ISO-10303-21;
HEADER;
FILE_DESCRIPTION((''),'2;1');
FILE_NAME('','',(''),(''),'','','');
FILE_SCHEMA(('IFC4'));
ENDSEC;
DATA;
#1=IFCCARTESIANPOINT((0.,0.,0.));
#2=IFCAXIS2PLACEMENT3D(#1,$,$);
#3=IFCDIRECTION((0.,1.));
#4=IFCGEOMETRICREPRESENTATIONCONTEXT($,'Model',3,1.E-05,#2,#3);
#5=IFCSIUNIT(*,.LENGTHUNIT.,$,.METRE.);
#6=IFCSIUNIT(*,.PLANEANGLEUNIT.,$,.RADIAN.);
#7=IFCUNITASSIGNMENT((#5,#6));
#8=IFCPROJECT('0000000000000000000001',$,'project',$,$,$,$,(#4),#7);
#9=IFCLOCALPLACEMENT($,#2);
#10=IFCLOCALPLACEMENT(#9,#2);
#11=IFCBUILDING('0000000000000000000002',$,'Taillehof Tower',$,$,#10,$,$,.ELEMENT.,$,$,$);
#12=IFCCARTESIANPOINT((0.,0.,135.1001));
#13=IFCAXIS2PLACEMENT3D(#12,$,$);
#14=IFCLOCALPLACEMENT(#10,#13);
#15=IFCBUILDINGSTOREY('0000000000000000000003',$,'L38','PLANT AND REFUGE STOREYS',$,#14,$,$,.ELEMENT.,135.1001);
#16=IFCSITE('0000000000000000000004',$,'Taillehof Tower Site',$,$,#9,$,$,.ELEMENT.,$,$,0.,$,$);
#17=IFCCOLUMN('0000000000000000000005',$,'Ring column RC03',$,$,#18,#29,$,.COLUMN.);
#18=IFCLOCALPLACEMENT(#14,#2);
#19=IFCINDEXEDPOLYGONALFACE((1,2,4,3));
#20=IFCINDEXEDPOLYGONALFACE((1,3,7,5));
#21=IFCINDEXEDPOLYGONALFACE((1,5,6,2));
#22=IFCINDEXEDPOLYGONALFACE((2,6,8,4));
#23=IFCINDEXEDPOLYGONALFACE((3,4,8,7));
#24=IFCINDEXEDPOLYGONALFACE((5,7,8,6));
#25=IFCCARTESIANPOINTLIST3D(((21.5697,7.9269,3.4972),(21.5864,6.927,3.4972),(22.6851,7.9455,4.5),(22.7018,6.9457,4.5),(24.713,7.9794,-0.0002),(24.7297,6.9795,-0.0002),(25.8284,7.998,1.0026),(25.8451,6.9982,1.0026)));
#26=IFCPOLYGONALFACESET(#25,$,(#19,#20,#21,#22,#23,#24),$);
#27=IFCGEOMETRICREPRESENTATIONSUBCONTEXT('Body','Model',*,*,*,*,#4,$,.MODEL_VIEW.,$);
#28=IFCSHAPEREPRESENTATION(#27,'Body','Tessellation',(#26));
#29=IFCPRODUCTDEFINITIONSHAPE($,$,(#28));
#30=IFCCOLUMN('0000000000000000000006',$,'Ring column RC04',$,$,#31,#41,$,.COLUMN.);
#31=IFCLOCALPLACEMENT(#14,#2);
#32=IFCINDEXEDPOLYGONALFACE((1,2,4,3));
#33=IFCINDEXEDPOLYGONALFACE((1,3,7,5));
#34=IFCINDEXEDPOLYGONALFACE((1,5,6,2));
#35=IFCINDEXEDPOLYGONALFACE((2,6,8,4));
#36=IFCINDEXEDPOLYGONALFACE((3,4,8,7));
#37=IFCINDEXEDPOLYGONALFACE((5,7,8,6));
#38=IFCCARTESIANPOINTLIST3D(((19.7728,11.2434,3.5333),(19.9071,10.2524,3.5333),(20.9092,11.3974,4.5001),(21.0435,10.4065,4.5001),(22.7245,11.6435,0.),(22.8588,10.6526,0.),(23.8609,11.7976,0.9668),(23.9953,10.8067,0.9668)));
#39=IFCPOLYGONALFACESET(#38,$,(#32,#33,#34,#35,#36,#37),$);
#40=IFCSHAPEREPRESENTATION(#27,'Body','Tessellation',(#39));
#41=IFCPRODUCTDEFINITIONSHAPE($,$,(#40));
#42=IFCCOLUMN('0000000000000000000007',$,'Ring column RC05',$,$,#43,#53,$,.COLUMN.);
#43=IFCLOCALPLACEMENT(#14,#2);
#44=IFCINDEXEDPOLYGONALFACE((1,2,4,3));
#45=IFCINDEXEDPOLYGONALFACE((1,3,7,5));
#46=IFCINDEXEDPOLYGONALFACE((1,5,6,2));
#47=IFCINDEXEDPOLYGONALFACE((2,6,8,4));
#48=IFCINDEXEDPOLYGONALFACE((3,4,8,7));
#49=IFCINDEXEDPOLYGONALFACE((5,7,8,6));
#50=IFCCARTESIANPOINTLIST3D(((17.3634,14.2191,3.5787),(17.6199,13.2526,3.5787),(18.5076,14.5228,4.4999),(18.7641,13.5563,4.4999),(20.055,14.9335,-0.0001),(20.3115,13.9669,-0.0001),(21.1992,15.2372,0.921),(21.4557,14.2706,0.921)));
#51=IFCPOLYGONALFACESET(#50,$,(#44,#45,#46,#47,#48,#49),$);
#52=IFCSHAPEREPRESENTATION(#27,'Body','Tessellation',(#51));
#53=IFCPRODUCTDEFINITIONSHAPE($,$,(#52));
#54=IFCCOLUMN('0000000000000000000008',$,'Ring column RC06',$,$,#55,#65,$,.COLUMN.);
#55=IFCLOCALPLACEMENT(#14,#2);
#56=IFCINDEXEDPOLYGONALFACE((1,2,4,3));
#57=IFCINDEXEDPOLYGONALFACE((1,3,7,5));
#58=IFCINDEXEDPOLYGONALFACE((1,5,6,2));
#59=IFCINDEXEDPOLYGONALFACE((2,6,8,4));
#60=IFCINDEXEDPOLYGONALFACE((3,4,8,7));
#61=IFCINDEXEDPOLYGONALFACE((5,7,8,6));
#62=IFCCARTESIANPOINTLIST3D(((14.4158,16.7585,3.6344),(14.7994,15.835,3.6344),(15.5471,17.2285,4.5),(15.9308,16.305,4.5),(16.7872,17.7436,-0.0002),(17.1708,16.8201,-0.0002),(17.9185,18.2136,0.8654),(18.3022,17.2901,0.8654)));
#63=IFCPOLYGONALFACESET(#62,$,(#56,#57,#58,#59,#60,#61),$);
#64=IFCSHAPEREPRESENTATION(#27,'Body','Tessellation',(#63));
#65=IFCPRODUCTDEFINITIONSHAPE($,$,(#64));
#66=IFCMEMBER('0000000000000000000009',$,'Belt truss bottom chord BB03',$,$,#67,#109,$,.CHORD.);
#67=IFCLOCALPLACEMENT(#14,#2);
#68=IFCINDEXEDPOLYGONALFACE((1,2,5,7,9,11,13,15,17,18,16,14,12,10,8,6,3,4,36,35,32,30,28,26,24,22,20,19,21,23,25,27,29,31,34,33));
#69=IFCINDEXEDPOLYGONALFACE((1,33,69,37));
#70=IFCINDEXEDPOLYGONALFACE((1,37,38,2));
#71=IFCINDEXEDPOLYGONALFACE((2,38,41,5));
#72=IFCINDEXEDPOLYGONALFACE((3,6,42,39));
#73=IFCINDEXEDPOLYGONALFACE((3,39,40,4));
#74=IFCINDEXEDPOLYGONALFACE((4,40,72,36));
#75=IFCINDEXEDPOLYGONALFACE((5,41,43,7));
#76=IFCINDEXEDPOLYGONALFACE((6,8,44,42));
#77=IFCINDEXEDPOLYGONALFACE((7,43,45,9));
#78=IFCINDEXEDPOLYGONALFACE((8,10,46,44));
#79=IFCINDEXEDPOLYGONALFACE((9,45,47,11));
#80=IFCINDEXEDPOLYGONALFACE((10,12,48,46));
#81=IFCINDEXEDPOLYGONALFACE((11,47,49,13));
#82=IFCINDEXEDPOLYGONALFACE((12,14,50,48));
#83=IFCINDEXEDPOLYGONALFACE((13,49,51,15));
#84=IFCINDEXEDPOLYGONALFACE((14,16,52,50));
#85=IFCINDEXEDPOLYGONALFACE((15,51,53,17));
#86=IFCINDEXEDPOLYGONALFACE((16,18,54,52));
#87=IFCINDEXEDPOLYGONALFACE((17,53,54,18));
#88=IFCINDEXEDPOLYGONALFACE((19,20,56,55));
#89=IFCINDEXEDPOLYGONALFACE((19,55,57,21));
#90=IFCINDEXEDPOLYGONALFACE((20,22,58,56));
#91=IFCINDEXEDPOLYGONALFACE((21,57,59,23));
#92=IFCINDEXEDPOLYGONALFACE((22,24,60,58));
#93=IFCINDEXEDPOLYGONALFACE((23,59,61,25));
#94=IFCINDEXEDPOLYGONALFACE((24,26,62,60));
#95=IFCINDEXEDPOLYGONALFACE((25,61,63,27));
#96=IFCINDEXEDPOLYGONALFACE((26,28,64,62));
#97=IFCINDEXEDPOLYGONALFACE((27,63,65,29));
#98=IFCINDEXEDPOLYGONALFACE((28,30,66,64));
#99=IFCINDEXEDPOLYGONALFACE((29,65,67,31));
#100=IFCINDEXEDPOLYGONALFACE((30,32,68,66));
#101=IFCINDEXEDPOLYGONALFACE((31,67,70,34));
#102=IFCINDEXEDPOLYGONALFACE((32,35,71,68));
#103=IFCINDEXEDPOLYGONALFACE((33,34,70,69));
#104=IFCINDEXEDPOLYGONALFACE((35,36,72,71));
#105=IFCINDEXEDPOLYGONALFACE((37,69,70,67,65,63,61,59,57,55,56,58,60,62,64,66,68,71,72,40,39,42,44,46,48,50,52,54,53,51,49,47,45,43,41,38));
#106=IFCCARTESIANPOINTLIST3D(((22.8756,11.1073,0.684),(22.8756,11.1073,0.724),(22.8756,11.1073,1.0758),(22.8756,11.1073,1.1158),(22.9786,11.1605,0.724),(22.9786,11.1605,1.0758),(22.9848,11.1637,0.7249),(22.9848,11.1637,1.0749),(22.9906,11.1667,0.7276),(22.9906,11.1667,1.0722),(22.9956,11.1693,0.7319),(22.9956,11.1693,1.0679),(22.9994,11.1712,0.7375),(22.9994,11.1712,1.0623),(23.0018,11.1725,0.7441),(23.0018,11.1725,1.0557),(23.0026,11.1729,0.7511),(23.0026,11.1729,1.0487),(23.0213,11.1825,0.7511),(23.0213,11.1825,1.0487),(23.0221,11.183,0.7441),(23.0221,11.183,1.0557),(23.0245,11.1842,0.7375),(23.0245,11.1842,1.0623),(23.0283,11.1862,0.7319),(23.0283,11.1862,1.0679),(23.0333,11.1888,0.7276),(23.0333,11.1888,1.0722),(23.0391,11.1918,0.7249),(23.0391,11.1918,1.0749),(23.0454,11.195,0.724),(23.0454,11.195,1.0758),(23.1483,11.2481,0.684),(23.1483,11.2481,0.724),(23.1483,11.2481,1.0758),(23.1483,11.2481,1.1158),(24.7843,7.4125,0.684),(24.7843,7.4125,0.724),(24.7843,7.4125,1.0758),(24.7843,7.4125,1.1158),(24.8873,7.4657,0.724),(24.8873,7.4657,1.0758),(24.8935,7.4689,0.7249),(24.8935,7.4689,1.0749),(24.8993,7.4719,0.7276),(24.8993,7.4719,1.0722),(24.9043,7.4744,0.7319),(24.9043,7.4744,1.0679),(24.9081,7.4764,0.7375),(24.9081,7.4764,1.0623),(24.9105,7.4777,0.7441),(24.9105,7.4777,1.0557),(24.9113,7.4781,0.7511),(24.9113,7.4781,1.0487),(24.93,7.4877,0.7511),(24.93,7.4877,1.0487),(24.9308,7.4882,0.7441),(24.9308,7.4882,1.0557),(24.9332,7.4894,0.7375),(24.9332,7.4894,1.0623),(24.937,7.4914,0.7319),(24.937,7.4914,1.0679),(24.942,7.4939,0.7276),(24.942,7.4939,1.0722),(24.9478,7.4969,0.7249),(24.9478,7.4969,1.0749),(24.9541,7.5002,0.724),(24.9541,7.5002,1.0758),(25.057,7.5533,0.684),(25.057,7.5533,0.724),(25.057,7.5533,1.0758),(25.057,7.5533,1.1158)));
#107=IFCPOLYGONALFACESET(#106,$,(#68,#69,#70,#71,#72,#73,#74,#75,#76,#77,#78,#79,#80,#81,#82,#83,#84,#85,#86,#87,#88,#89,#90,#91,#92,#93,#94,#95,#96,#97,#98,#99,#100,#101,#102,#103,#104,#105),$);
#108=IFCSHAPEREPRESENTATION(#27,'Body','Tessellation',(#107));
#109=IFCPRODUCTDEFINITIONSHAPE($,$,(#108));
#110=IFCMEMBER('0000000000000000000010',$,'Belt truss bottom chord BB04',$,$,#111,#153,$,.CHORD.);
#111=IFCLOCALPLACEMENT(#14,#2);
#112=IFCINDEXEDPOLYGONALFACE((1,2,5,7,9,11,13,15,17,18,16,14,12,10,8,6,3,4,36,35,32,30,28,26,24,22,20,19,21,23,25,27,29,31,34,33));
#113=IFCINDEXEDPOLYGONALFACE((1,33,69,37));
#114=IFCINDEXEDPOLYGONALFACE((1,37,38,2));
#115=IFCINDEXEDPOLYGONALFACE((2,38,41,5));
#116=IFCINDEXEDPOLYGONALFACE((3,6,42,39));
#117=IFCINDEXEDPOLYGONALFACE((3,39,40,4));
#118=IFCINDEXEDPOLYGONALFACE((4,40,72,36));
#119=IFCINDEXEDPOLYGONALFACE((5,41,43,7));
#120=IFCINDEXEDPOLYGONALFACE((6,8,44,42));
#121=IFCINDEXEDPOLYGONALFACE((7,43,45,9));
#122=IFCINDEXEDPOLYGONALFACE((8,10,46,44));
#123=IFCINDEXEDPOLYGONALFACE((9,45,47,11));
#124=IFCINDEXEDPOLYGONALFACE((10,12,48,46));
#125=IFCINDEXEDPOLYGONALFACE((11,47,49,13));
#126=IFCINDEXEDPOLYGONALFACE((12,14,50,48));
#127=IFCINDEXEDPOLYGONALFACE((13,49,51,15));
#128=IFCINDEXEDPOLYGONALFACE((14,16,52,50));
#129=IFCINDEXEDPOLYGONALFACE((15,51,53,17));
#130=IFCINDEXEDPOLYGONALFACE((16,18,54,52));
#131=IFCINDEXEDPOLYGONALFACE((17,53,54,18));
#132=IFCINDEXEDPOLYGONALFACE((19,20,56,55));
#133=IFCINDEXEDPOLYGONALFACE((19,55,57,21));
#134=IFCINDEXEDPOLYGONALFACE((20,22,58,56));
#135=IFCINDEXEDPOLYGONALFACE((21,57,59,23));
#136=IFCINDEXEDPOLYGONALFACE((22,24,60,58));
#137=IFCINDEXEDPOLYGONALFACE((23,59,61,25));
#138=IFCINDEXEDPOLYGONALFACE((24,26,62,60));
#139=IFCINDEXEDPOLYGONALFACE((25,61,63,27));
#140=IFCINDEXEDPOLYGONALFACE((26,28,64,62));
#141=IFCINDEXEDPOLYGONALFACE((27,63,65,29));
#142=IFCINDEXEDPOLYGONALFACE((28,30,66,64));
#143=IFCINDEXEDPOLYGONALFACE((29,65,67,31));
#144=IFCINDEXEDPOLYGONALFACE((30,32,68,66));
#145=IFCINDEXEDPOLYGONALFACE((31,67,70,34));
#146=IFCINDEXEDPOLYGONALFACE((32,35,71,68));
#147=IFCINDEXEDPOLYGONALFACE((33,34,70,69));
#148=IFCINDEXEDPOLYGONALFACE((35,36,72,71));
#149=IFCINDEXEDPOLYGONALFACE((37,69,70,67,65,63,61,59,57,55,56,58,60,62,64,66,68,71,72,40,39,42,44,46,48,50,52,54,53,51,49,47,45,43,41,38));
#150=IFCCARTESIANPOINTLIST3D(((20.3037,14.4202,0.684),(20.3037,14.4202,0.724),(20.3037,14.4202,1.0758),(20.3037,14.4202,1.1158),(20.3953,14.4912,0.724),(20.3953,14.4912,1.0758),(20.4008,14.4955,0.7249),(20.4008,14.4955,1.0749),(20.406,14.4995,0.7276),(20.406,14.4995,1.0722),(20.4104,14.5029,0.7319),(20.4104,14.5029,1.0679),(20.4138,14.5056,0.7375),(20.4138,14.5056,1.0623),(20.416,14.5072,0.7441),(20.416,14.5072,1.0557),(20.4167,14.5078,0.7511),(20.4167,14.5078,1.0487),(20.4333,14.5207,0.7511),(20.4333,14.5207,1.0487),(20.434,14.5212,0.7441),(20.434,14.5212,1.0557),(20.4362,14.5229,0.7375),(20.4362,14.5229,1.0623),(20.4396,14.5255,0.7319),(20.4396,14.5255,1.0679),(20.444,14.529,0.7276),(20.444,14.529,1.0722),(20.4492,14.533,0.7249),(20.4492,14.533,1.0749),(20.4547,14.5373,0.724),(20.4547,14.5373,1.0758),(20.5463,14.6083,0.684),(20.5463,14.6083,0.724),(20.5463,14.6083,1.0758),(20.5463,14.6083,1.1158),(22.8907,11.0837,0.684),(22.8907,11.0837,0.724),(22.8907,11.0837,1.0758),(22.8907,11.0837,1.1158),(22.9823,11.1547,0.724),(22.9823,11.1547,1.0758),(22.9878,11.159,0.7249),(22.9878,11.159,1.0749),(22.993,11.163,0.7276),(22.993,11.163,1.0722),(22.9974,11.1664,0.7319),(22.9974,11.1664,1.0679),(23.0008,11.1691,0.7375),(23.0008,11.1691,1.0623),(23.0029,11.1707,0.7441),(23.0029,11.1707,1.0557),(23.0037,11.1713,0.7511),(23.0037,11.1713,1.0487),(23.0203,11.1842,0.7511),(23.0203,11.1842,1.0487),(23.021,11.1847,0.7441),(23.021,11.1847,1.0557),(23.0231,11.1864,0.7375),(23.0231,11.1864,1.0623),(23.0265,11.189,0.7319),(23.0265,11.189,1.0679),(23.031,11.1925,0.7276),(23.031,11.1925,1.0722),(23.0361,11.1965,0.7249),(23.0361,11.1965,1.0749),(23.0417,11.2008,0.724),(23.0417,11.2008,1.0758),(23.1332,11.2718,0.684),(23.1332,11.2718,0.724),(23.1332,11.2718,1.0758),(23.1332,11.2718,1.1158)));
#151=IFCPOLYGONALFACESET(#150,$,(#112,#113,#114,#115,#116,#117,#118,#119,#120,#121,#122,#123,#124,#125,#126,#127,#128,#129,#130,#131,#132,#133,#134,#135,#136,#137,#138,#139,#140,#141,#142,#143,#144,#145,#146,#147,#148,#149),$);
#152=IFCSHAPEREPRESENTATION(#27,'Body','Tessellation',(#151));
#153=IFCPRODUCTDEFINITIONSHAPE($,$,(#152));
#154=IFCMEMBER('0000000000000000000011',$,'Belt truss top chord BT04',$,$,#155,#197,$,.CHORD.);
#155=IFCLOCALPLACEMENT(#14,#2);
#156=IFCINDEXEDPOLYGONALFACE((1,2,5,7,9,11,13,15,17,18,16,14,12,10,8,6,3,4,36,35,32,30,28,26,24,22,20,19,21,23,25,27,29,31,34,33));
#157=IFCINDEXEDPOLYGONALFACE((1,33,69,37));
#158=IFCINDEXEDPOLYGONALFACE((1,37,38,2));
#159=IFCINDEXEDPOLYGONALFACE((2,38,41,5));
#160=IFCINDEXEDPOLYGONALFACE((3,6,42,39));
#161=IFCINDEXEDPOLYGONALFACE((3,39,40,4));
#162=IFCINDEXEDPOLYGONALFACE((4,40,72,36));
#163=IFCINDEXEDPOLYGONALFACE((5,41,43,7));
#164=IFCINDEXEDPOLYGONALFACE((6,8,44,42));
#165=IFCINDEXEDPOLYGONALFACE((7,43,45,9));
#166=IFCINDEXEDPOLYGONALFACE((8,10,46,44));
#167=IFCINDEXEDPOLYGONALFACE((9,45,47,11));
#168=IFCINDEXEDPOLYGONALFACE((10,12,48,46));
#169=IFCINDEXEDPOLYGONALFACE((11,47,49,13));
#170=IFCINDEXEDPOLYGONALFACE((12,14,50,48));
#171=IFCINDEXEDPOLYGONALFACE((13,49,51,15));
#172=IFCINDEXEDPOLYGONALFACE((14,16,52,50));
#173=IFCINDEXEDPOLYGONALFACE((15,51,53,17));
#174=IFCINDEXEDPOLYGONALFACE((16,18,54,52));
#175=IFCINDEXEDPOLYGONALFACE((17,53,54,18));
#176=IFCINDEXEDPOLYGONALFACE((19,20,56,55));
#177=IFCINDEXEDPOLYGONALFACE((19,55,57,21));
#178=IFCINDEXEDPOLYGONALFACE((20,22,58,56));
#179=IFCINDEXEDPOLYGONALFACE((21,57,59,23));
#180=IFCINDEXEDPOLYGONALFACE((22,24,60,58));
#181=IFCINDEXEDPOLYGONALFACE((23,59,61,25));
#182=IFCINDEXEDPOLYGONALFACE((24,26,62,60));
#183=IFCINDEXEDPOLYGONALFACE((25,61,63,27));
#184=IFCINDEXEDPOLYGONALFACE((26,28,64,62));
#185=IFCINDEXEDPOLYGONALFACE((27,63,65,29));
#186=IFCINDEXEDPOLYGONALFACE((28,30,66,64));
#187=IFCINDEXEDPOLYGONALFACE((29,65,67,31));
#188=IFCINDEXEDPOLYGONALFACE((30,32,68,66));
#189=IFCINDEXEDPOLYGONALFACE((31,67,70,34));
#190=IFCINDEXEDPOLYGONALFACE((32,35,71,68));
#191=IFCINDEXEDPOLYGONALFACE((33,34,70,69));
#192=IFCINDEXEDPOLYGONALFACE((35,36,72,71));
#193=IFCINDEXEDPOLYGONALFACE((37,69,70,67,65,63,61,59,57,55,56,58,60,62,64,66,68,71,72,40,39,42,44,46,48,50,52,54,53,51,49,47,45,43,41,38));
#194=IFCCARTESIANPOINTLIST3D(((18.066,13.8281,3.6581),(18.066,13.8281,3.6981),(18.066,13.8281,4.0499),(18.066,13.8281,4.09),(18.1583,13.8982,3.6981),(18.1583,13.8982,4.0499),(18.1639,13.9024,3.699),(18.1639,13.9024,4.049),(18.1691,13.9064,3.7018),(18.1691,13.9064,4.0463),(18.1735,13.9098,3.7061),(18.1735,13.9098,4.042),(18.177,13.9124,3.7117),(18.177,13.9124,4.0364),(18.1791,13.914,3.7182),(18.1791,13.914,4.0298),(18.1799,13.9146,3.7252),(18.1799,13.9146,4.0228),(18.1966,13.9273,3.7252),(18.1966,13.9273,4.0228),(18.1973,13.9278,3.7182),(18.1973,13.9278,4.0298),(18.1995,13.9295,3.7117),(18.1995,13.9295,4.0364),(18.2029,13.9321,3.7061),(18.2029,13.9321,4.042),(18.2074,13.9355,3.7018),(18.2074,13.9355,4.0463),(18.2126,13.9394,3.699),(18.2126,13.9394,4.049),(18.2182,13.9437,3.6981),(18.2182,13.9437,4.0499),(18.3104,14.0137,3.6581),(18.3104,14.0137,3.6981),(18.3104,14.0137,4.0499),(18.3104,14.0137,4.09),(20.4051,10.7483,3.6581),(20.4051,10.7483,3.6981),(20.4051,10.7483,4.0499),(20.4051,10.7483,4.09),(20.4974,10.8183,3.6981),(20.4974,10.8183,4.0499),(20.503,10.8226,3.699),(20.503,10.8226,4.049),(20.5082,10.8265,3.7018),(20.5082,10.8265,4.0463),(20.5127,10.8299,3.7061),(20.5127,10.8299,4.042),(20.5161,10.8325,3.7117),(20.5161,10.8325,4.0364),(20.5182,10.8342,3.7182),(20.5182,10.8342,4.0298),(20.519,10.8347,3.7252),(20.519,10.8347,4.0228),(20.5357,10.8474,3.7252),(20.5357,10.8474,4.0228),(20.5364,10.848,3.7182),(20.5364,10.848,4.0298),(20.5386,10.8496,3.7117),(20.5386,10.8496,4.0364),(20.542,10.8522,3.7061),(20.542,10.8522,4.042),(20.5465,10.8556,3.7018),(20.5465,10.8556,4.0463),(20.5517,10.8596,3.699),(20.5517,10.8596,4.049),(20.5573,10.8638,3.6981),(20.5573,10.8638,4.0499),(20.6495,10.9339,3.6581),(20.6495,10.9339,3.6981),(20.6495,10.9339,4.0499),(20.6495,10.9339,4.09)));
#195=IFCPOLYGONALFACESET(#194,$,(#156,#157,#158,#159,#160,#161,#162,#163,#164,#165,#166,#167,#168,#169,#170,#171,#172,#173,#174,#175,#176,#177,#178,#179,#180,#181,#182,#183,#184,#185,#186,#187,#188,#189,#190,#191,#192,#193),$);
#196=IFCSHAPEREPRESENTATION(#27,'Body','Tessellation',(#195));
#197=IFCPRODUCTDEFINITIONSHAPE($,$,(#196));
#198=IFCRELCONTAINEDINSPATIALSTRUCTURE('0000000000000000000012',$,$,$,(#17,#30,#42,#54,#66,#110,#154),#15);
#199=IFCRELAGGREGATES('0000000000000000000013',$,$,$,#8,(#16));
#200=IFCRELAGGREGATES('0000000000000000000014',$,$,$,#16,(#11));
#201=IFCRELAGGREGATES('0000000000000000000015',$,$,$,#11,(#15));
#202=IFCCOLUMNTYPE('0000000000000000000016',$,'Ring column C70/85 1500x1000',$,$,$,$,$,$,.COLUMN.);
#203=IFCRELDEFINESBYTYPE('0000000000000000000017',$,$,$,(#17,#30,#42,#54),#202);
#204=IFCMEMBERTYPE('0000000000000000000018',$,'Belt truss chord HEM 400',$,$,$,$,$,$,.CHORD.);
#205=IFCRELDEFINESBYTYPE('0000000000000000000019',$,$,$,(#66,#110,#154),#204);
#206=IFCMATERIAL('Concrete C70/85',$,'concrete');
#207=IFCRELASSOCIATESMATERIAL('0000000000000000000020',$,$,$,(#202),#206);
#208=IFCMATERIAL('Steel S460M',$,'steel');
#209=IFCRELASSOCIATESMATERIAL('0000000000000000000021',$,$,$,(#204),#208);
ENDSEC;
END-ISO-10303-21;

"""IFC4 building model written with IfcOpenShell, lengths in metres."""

from ifc_helpers import new_model, si_unit, direction, frame, origin, origin_2d, place, context, subcontext, project, spatial, rectangle, i_section, extrude, material, material_profile, profile_set, type_object, element, save


model = new_model("IFC4")

# Units and contexts
model_context = context("Model", 3, precision=1e-05, world=origin(), true_north=direction((0.0, 1.0)))
body_context = subcontext(model_context, "Body", "Model", "MODEL_VIEW")
ifc_project = project(units=[si_unit("LENGTHUNIT", "METRE"), si_unit("PLANEANGLEUNIT", "RADIAN")], contexts=[model_context])

# Site, building, storey
site_placement = place(None, origin())
site = spatial("IfcSite", under=ifc_project, at=site_placement, Name="Taillehof Tower Site", CompositionType="ELEMENT", RefElevation=0.0)
building_placement = place(site_placement, origin())
building = spatial("IfcBuilding", under=site, at=building_placement, Name="Taillehof Tower", CompositionType="ELEMENT")
storey_placement = place(building_placement, frame((0.0, 0.0, 135.1001)))
storey = spatial("IfcBuildingStorey", under=building, at=storey_placement, Name="L38", Description="PLANT AND REFUGE STOREYS", CompositionType="ELEMENT", Elevation=135.1001)

# Columns
ifc_material_1 = material(Name="Concrete C70/85", Category="concrete")
ifc_material_profile_1 = material_profile(ifc_material_1, rectangle(XDim=1.5, YDim=1.0, at=origin_2d()), Name="RC 1500x1000")
ifc_profile_set_1 = profile_set([ifc_material_profile_1], Name="Concrete C70/85")
column_type = type_object("IfcColumnType", Name="Ring column C70/85 1500x1000", PredefinedType="COLUMN", material=ifc_profile_set_1)
column_1_placement = place(storey_placement, frame((25.2791, 7.4888, 0.5012), z_axis=(-0.668421, -0.011162, 0.743699), x_axis=(0.743596, 0.012417, 0.668514)))
element("IfcColumn", 1, at=column_1_placement, inside=storey, type_object=column_type, Name="Ring column RC03", PredefinedType="COLUMN", context=body_context, shape_type="SweptSolid", body=[
    extrude(rectangle(XDim=1.5, YDim=1.0, at=origin_2d()), origin(), (0.0, 0.0, 1.0), 4.7026),
])
column_2_placement = place(storey_placement, frame((23.3599, 11.2251, 0.4834), z_axis=(-0.638715, -0.086588, 0.764556), x_axis=(0.757626, 0.102709, 0.644557)))
element("IfcColumn", 2, at=column_2_placement, inside=storey, type_object=column_type, Name="Ring column RC04", PredefinedType="COLUMN", context=body_context, shape_type="SweptSolid", body=[
    extrude(rectangle(XDim=1.5, YDim=1.0, at=origin_2d()), origin(), (0.0, 0.0, 1.0), 4.6213),
])
column_3_placement = place(storey_placement, frame((20.7554, 14.6021, 0.4604), z_axis=(-0.593567, -0.157531, 0.789216), x_axis=(0.762809, 0.202447, 0.614116)))
element("IfcColumn", 3, at=column_3_placement, inside=storey, type_object=column_type, Name="Ring column RC05", PredefinedType="COLUMN", context=body_context, shape_type="SweptSolid", body=[
    extrude(rectangle(XDim=1.5, YDim=1.0, at=origin_2d()), origin(), (0.0, 0.0, 1.0), 4.5347),
])
column_4_placement = place(storey_placement, frame((17.5447, 17.5168, 0.4326), z_axis=(-0.532872, -0.221367, 0.816727), x_axis=(0.754235, 0.313326, 0.577024)))
element("IfcColumn", 4, at=column_4_placement, inside=storey, type_object=column_type, Name="Ring column RC06", PredefinedType="COLUMN", context=body_context, shape_type="SweptSolid", body=[
    extrude(rectangle(XDim=1.5, YDim=1.0, at=origin_2d()), origin(), (0.0, 0.0, 1.0), 4.4502),
])

# Members
ifc_material_2 = material(Name="Steel S460M", Category="steel")
ifc_material_profile_2 = material_profile(ifc_material_2, i_section(OverallWidth=0.3069, OverallDepth=0.4319, WebThickness=0.021, FlangeThickness=0.04, FilletRadius=0.0271, at=origin_2d()), Name="HEM 400")
ifc_profile_set_2 = profile_set([ifc_material_profile_2], Name="Steel S460M")
member_type_1 = type_object("IfcMemberType", Name="Belt truss chord HEM 400", PredefinedType="CHORD", material=ifc_profile_set_2)
member_1_placement = place(storey_placement, frame((24.9207, 7.4829, 0.8999), z_axis=(-0.458963, 0.888455, 0.0), x_axis=(-0.888455, -0.458963, 0.0)))
element("IfcMember", 5, at=member_1_placement, inside=storey, type_object=member_type_1, Name="Belt truss bottom chord BB03", PredefinedType="CHORD", context=body_context, shape_type="SweptSolid", body=[
    extrude(i_section(OverallWidth=0.3069, OverallDepth=0.4319, WebThickness=0.021, FlangeThickness=0.04, FilletRadius=0.0271, at=origin_2d()), origin(), (0.0, 0.0, 1.0), 4.1587),
])
member_2_placement = place(storey_placement, frame((23.012, 11.1777, 0.8999), z_axis=(-0.612747, 0.790279, 0.0), x_axis=(-0.790279, -0.612747, 0.0)))
element("IfcMember", 6, at=member_2_placement, inside=storey, type_object=member_type_1, Name="Belt truss bottom chord BB04", PredefinedType="CHORD", context=body_context, shape_type="SweptSolid", body=[
    extrude(i_section(OverallWidth=0.3069, OverallDepth=0.4319, WebThickness=0.021, FlangeThickness=0.04, FilletRadius=0.0271, at=origin_2d()), origin(), (0.0, 0.0, 1.0), 4.2219),
])
member_3_placement = place(storey_placement, frame((20.5273, 10.8411, 3.874), z_axis=(-0.604827, 0.796357, 0.0), x_axis=(-0.796357, -0.604827, 0.0)))
element("IfcMember", 7, at=member_3_placement, inside=storey, type_object=member_type_1, Name="Belt truss top chord BT04", PredefinedType="CHORD", context=body_context, shape_type="SweptSolid", body=[
    extrude(i_section(OverallWidth=0.3069, OverallDepth=0.4319, WebThickness=0.021, FlangeThickness=0.04, FilletRadius=0.0271, at=origin_2d()), origin(), (0.0, 0.0, 1.0), 3.8674),
])

save(model, "model.ifc")
